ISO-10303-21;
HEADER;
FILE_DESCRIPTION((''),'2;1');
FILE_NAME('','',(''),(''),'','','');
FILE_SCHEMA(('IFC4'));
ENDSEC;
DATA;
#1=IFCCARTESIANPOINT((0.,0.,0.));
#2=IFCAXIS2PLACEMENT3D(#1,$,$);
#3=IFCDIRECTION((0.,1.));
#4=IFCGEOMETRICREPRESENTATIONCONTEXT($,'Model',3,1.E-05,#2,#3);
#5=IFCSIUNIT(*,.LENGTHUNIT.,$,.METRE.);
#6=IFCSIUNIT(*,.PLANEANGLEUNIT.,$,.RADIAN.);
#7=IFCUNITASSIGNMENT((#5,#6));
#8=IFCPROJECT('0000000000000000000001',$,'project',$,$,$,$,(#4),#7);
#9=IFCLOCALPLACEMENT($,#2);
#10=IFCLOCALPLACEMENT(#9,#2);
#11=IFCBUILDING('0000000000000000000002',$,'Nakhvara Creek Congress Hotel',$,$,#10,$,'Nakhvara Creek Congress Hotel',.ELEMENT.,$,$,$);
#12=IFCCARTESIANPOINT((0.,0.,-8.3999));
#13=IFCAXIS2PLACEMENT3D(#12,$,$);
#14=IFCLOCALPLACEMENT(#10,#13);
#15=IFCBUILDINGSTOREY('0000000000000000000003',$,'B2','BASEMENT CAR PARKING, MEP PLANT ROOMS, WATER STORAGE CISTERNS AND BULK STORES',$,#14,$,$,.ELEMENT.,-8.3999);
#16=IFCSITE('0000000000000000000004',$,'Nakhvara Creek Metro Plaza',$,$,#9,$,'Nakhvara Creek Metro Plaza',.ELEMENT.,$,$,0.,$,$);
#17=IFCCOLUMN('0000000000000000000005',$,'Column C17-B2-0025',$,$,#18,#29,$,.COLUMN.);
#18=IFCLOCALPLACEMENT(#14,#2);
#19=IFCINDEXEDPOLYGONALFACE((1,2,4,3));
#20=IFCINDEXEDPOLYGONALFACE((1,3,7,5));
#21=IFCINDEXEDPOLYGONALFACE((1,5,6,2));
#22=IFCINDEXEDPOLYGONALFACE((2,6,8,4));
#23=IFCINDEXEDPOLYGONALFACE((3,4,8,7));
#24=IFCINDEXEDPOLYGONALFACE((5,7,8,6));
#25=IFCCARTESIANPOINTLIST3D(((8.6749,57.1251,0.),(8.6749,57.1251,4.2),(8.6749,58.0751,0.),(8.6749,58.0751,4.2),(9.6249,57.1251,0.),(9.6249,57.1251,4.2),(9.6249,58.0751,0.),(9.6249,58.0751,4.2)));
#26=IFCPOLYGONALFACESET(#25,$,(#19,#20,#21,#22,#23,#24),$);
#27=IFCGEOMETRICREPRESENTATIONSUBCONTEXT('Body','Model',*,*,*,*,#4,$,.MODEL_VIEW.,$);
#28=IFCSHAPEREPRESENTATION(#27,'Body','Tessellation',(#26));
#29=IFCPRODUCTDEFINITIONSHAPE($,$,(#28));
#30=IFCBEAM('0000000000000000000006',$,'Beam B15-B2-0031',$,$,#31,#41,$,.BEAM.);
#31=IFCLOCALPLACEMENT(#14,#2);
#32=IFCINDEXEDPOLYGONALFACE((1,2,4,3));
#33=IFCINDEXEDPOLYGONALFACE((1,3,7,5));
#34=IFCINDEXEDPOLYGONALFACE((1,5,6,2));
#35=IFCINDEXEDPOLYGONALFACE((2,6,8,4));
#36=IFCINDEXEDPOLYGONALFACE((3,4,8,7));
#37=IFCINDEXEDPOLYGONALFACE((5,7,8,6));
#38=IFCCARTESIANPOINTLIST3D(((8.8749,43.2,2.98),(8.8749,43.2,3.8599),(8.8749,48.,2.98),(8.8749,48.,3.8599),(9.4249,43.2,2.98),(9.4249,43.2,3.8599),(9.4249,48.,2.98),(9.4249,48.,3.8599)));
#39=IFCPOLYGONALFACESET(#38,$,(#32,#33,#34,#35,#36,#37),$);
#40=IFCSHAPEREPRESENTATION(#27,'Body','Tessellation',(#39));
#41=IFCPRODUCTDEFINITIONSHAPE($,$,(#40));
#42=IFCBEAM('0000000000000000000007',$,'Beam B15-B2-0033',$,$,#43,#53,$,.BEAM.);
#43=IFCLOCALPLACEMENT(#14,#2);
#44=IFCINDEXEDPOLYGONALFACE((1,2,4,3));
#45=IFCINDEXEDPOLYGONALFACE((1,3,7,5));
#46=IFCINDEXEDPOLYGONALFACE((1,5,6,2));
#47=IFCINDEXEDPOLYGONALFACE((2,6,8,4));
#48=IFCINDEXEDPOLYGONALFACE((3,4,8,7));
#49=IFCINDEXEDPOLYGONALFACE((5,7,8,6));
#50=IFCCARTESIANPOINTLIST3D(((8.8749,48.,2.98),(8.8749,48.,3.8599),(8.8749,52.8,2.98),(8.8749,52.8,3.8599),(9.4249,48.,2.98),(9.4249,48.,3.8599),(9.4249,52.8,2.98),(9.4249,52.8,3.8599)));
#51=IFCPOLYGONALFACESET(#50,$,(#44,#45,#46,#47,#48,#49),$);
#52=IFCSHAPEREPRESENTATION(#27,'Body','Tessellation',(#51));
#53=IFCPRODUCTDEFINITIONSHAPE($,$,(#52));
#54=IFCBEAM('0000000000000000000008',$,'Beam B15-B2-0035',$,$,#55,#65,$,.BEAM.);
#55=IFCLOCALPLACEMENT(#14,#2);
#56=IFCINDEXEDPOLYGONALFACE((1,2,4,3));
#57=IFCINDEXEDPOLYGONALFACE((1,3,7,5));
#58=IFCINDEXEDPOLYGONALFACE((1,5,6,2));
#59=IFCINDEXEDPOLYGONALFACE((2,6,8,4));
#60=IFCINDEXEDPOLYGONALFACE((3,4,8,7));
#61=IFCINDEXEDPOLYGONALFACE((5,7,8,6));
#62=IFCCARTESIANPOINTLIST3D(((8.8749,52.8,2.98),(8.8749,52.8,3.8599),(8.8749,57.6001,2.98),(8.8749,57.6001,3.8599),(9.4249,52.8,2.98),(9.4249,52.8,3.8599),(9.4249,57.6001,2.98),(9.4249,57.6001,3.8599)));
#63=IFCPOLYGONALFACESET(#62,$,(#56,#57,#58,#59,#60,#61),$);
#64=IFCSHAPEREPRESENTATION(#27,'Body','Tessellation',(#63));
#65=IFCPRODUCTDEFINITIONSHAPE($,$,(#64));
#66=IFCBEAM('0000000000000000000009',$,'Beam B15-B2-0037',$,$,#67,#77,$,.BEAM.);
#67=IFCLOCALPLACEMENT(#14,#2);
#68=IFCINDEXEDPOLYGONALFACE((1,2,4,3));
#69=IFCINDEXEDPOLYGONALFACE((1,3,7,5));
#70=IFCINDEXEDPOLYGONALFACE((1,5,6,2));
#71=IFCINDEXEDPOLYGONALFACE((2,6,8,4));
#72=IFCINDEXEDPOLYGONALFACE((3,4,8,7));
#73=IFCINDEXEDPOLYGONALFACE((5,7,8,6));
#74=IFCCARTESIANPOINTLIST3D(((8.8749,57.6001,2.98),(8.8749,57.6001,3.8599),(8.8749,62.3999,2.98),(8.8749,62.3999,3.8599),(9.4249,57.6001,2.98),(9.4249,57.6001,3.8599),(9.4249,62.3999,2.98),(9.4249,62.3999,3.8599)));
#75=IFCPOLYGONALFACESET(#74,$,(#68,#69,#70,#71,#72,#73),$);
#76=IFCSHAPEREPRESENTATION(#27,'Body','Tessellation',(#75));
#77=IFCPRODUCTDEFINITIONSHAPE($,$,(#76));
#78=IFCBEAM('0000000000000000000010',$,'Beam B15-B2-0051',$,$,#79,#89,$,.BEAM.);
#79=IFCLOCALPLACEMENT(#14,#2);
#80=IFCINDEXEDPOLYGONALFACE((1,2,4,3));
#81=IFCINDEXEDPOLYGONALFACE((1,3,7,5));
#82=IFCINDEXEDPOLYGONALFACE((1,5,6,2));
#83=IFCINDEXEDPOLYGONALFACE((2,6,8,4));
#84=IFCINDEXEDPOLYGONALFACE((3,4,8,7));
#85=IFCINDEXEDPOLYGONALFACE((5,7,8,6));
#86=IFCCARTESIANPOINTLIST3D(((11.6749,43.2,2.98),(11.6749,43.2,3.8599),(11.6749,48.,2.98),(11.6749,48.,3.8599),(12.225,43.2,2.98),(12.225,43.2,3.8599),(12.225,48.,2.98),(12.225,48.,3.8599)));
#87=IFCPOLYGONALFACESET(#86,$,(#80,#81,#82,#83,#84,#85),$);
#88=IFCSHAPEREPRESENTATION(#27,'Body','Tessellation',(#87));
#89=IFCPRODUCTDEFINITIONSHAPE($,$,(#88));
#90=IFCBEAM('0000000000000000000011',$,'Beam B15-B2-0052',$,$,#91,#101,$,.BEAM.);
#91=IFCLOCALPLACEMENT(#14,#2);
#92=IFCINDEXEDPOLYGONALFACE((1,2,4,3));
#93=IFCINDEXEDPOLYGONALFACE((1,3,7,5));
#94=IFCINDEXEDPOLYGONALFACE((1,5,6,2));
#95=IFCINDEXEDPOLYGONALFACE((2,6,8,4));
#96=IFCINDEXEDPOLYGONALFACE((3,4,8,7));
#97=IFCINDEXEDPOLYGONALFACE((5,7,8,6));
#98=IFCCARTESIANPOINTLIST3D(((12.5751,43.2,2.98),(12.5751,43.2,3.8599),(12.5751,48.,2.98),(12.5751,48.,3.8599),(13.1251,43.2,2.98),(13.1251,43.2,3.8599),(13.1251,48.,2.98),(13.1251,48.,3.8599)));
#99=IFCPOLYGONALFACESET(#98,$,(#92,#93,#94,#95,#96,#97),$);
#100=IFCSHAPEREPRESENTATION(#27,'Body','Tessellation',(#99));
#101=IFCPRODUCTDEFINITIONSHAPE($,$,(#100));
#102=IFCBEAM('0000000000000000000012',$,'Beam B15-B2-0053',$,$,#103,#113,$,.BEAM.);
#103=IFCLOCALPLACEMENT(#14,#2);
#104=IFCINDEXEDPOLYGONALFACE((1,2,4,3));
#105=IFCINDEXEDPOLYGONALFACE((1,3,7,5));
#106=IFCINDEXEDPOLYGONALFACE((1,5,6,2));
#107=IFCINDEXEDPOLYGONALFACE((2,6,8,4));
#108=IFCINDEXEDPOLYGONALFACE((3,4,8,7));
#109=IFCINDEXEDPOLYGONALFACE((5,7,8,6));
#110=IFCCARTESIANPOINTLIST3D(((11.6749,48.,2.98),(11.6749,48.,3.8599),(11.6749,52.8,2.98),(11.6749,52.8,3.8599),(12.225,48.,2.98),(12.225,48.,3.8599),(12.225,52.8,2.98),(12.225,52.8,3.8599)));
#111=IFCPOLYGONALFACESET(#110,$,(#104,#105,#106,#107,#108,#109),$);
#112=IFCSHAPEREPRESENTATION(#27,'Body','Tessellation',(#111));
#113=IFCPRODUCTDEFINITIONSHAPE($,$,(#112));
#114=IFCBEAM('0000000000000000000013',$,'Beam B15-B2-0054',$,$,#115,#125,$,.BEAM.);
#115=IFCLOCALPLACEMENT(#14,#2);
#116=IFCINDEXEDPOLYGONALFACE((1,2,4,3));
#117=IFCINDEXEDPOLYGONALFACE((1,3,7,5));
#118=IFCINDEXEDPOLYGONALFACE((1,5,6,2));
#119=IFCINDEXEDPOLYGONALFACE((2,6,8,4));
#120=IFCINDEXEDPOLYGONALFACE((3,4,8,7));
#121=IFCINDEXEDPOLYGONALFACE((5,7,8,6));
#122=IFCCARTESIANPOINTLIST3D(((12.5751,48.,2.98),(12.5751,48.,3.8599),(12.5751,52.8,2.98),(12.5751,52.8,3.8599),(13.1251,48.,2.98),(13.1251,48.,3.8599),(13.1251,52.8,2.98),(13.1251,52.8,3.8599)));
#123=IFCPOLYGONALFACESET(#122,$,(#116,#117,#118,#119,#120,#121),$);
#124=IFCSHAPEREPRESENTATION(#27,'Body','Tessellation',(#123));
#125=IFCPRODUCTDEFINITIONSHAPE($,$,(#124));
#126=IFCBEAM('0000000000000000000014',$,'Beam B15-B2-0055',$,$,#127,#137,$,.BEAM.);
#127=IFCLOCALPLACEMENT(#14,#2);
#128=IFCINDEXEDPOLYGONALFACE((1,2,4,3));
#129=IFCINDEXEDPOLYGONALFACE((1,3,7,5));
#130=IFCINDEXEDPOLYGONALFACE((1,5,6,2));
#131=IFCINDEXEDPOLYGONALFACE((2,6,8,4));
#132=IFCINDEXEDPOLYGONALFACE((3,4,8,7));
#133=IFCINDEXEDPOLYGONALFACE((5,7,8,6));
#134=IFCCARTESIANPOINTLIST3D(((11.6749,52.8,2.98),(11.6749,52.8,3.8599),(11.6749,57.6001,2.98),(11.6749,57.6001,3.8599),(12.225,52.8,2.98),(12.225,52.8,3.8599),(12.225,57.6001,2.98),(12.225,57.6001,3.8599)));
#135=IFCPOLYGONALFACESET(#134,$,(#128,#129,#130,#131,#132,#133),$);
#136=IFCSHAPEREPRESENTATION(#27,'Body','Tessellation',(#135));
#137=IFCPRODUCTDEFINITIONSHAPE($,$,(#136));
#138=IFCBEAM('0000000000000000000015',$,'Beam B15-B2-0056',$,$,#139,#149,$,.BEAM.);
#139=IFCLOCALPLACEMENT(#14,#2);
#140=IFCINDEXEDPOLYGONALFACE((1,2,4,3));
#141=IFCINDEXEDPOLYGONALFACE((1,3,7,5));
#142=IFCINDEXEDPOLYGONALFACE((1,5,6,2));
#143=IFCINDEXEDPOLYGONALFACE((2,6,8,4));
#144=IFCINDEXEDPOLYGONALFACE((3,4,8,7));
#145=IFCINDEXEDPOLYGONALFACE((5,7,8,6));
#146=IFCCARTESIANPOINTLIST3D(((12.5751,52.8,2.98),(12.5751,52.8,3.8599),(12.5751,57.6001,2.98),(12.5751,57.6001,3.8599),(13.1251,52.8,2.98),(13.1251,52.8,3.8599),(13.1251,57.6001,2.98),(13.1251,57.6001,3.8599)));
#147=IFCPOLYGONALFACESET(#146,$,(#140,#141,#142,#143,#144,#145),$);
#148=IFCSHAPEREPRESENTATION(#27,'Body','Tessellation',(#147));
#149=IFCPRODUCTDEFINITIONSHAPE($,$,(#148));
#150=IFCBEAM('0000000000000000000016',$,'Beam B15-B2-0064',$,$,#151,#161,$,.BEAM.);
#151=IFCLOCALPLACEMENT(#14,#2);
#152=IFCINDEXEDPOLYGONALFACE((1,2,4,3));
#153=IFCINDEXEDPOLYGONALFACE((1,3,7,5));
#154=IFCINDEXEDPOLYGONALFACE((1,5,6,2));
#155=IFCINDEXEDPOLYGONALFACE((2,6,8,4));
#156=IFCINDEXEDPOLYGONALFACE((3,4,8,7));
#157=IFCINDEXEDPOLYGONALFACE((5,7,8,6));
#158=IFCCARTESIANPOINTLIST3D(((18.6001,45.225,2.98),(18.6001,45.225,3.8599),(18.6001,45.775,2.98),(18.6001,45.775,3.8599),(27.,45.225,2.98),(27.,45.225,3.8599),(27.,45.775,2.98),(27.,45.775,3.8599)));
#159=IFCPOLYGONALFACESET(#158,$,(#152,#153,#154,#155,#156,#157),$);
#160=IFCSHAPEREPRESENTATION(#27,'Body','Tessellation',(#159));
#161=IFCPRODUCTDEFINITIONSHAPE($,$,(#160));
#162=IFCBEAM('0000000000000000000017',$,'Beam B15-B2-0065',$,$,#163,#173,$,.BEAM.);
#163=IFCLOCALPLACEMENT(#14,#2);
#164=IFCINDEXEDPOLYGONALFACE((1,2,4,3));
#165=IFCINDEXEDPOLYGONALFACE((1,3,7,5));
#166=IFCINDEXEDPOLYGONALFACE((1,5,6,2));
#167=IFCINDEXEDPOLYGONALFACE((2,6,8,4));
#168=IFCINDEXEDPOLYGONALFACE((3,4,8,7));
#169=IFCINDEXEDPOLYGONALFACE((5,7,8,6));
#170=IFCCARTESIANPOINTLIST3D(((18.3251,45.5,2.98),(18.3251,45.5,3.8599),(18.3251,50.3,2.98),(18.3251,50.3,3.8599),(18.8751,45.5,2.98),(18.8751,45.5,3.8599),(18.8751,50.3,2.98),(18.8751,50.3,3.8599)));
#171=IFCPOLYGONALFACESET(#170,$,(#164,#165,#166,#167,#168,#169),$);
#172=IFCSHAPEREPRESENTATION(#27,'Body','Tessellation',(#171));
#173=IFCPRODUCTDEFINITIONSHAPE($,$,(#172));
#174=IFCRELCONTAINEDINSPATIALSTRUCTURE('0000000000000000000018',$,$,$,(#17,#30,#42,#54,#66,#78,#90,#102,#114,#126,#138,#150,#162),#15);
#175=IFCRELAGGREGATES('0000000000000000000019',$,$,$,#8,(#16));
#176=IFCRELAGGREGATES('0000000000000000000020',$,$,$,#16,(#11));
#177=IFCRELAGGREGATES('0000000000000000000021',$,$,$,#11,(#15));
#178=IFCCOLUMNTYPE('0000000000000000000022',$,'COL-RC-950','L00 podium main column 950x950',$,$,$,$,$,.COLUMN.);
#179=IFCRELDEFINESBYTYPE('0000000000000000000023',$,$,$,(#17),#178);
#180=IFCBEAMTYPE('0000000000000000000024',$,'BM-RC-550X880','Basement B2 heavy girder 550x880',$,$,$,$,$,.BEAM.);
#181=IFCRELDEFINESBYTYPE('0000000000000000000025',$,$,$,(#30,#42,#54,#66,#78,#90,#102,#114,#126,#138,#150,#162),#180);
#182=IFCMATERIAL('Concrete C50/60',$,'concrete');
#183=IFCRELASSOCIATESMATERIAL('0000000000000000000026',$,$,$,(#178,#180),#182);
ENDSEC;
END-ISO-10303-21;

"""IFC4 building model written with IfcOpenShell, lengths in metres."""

from ifc_helpers import new_model, si_unit, direction, frame, origin, origin_2d, place, context, subcontext, project, spatial, rectangle, extrude, material, material_profile, profile_set, type_object, element, save


model = new_model("IFC4")

# Units and contexts
model_context = context("Model", 3, precision=1e-05, world=origin(), true_north=direction((0.0, 1.0)))
body_context = subcontext(model_context, "Body", "Model", "MODEL_VIEW")
ifc_project = project(units=[si_unit("LENGTHUNIT", "METRE"), si_unit("PLANEANGLEUNIT", "RADIAN")], contexts=[model_context])

# Site, building, storey
site_placement = place(None, origin())
site = spatial("IfcSite", under=ifc_project, at=site_placement, Name="Nakhvara Creek Metro Plaza", LongName="Nakhvara Creek Metro Plaza", CompositionType="ELEMENT", RefElevation=0.0)
building_placement = place(site_placement, origin())
building = spatial("IfcBuilding", under=site, at=building_placement, Name="Nakhvara Creek Congress Hotel", LongName="Nakhvara Creek Congress Hotel", CompositionType="ELEMENT")
storey_placement = place(building_placement, frame((0.0, 0.0, -8.3999)))
storey = spatial("IfcBuildingStorey", under=building, at=storey_placement, Name="B2", Description="BASEMENT CAR PARKING, MEP PLANT ROOMS, WATER STORAGE CISTERNS AND BULK STORES", CompositionType="ELEMENT", Elevation=-8.3999)

# Column
ifc_material_1 = material(Name="Concrete C50/60", Category="concrete")
ifc_material_profile_1 = material_profile(ifc_material_1, rectangle(XDim=0.95, YDim=0.95, at=origin_2d()), Name="RC-COL 950x950", Category="LoadBearing")
ifc_profile_set_1 = profile_set([ifc_material_profile_1], Name="Concrete C50/60")
column_type_1 = type_object("IfcColumnType", Name="COL-RC-950", Description="L00 podium main column 950x950", PredefinedType="COLUMN", material=ifc_profile_set_1)
for number, where, z_axis, x_axis, name in (
    (1, (9.1499, 57.6001, 0.0), (0.0, 0.0, 1.0), (1.0, 0.0, 0.0), "Column C17-B2-0025"),
):
    element("IfcColumn", number, at=place(storey_placement, frame(where, z_axis=z_axis, x_axis=x_axis)), inside=storey, type_object=column_type_1, Name=name, PredefinedType="COLUMN", context=body_context, shape_type="SweptSolid", body=[
        extrude(rectangle(XDim=0.95, YDim=0.95, at=origin_2d()), origin(), (0.0, 0.0, 1.0), 4.2),
    ])

# Beams
ifc_material_profile_2 = material_profile(ifc_material_1, rectangle(XDim=0.55, YDim=0.8799, at=origin_2d()), Name="RC-BM 550x880", Category="LoadBearing")
ifc_profile_set_2 = profile_set([ifc_material_profile_2], Name="Concrete C50/60")
beam_type = type_object("IfcBeamType", Name="BM-RC-550X880", Description="Basement B2 heavy girder 550x880", PredefinedType="BEAM", material=ifc_profile_set_2)
for number, where, z_axis, x_axis, name in (
    (2, (9.1499, 43.2, 3.4199), (0.0, 1.0, 0.0), (-1.0, 0.0, 0.0), "Beam B15-B2-0031"),
    (3, (9.1499, 48.0, 3.4199), (0.0, 1.0, 0.0), (-1.0, 0.0, 0.0), "Beam B15-B2-0033"),
    (4, (9.1499, 52.8, 3.4199), (0.0, 1.0, 0.0), (-1.0, 0.0, 0.0), "Beam B15-B2-0035"),
):
    element("IfcBeam", number, at=place(storey_placement, frame(where, z_axis=z_axis, x_axis=x_axis)), inside=storey, type_object=beam_type, Name=name, PredefinedType="BEAM", context=body_context, shape_type="SweptSolid", body=[
        extrude(rectangle(XDim=0.55, YDim=0.8799, at=origin_2d()), origin(), (0.0, 0.0, 1.0), 4.8),
    ])
beam_1_placement = place(storey_placement, frame((9.1499, 57.6001, 3.4199), z_axis=(0.0, 1.0, 0.0), x_axis=(-1.0, 0.0, 0.0)))
element("IfcBeam", 5, at=beam_1_placement, inside=storey, type_object=beam_type, Name="Beam B15-B2-0037", PredefinedType="BEAM", context=body_context, shape_type="SweptSolid", body=[
    extrude(rectangle(XDim=0.55, YDim=0.8799, at=origin_2d()), origin(), (0.0, 0.0, 1.0), 4.7998),
])
for number, where, z_axis, x_axis, name in (
    (6, (11.95, 43.2, 3.4199), (0.0, 1.0, 0.0), (-1.0, 0.0, 0.0), "Beam B15-B2-0051"),
    (7, (12.8501, 43.2, 3.4199), (0.0, 1.0, 0.0), (-1.0, 0.0, 0.0), "Beam B15-B2-0052"),
    (8, (11.95, 48.0, 3.4199), (0.0, 1.0, 0.0), (-1.0, 0.0, 0.0), "Beam B15-B2-0053"),
    (9, (12.8501, 48.0, 3.4199), (0.0, 1.0, 0.0), (-1.0, 0.0, 0.0), "Beam B15-B2-0054"),
    (10, (11.95, 52.8, 3.4199), (0.0, 1.0, 0.0), (-1.0, 0.0, 0.0), "Beam B15-B2-0055"),
    (11, (12.8501, 52.8, 3.4199), (0.0, 1.0, 0.0), (-1.0, 0.0, 0.0), "Beam B15-B2-0056"),
):
    element("IfcBeam", number, at=place(storey_placement, frame(where, z_axis=z_axis, x_axis=x_axis)), inside=storey, type_object=beam_type, Name=name, PredefinedType="BEAM", context=body_context, shape_type="SweptSolid", body=[
        extrude(rectangle(XDim=0.55, YDim=0.8799, at=origin_2d()), origin(), (0.0, 0.0, 1.0), 4.8),
    ])
beam_2_placement = place(storey_placement, frame((18.6001, 45.5, 3.4199), z_axis=(1.0, 0.0, 0.0), x_axis=(0.0, 1.0, 0.0)))
element("IfcBeam", 12, at=beam_2_placement, inside=storey, type_object=beam_type, Name="Beam B15-B2-0064", PredefinedType="BEAM", context=body_context, shape_type="SweptSolid", body=[
    extrude(rectangle(XDim=0.55, YDim=0.8799, at=origin_2d()), origin(), (0.0, 0.0, 1.0), 8.3999),
])
beam_3_placement = place(storey_placement, frame((18.6001, 45.5, 3.4199), z_axis=(0.0, 1.0, 0.0), x_axis=(-1.0, 0.0, 0.0)))
element("IfcBeam", 13, at=beam_3_placement, inside=storey, type_object=beam_type, Name="Beam B15-B2-0065", PredefinedType="BEAM", context=body_context, shape_type="SweptSolid", body=[
    extrude(rectangle(XDim=0.55, YDim=0.8799, at=origin_2d()), origin(), (0.0, 0.0, 1.0), 4.8),
])

save(model, "model.ifc")
